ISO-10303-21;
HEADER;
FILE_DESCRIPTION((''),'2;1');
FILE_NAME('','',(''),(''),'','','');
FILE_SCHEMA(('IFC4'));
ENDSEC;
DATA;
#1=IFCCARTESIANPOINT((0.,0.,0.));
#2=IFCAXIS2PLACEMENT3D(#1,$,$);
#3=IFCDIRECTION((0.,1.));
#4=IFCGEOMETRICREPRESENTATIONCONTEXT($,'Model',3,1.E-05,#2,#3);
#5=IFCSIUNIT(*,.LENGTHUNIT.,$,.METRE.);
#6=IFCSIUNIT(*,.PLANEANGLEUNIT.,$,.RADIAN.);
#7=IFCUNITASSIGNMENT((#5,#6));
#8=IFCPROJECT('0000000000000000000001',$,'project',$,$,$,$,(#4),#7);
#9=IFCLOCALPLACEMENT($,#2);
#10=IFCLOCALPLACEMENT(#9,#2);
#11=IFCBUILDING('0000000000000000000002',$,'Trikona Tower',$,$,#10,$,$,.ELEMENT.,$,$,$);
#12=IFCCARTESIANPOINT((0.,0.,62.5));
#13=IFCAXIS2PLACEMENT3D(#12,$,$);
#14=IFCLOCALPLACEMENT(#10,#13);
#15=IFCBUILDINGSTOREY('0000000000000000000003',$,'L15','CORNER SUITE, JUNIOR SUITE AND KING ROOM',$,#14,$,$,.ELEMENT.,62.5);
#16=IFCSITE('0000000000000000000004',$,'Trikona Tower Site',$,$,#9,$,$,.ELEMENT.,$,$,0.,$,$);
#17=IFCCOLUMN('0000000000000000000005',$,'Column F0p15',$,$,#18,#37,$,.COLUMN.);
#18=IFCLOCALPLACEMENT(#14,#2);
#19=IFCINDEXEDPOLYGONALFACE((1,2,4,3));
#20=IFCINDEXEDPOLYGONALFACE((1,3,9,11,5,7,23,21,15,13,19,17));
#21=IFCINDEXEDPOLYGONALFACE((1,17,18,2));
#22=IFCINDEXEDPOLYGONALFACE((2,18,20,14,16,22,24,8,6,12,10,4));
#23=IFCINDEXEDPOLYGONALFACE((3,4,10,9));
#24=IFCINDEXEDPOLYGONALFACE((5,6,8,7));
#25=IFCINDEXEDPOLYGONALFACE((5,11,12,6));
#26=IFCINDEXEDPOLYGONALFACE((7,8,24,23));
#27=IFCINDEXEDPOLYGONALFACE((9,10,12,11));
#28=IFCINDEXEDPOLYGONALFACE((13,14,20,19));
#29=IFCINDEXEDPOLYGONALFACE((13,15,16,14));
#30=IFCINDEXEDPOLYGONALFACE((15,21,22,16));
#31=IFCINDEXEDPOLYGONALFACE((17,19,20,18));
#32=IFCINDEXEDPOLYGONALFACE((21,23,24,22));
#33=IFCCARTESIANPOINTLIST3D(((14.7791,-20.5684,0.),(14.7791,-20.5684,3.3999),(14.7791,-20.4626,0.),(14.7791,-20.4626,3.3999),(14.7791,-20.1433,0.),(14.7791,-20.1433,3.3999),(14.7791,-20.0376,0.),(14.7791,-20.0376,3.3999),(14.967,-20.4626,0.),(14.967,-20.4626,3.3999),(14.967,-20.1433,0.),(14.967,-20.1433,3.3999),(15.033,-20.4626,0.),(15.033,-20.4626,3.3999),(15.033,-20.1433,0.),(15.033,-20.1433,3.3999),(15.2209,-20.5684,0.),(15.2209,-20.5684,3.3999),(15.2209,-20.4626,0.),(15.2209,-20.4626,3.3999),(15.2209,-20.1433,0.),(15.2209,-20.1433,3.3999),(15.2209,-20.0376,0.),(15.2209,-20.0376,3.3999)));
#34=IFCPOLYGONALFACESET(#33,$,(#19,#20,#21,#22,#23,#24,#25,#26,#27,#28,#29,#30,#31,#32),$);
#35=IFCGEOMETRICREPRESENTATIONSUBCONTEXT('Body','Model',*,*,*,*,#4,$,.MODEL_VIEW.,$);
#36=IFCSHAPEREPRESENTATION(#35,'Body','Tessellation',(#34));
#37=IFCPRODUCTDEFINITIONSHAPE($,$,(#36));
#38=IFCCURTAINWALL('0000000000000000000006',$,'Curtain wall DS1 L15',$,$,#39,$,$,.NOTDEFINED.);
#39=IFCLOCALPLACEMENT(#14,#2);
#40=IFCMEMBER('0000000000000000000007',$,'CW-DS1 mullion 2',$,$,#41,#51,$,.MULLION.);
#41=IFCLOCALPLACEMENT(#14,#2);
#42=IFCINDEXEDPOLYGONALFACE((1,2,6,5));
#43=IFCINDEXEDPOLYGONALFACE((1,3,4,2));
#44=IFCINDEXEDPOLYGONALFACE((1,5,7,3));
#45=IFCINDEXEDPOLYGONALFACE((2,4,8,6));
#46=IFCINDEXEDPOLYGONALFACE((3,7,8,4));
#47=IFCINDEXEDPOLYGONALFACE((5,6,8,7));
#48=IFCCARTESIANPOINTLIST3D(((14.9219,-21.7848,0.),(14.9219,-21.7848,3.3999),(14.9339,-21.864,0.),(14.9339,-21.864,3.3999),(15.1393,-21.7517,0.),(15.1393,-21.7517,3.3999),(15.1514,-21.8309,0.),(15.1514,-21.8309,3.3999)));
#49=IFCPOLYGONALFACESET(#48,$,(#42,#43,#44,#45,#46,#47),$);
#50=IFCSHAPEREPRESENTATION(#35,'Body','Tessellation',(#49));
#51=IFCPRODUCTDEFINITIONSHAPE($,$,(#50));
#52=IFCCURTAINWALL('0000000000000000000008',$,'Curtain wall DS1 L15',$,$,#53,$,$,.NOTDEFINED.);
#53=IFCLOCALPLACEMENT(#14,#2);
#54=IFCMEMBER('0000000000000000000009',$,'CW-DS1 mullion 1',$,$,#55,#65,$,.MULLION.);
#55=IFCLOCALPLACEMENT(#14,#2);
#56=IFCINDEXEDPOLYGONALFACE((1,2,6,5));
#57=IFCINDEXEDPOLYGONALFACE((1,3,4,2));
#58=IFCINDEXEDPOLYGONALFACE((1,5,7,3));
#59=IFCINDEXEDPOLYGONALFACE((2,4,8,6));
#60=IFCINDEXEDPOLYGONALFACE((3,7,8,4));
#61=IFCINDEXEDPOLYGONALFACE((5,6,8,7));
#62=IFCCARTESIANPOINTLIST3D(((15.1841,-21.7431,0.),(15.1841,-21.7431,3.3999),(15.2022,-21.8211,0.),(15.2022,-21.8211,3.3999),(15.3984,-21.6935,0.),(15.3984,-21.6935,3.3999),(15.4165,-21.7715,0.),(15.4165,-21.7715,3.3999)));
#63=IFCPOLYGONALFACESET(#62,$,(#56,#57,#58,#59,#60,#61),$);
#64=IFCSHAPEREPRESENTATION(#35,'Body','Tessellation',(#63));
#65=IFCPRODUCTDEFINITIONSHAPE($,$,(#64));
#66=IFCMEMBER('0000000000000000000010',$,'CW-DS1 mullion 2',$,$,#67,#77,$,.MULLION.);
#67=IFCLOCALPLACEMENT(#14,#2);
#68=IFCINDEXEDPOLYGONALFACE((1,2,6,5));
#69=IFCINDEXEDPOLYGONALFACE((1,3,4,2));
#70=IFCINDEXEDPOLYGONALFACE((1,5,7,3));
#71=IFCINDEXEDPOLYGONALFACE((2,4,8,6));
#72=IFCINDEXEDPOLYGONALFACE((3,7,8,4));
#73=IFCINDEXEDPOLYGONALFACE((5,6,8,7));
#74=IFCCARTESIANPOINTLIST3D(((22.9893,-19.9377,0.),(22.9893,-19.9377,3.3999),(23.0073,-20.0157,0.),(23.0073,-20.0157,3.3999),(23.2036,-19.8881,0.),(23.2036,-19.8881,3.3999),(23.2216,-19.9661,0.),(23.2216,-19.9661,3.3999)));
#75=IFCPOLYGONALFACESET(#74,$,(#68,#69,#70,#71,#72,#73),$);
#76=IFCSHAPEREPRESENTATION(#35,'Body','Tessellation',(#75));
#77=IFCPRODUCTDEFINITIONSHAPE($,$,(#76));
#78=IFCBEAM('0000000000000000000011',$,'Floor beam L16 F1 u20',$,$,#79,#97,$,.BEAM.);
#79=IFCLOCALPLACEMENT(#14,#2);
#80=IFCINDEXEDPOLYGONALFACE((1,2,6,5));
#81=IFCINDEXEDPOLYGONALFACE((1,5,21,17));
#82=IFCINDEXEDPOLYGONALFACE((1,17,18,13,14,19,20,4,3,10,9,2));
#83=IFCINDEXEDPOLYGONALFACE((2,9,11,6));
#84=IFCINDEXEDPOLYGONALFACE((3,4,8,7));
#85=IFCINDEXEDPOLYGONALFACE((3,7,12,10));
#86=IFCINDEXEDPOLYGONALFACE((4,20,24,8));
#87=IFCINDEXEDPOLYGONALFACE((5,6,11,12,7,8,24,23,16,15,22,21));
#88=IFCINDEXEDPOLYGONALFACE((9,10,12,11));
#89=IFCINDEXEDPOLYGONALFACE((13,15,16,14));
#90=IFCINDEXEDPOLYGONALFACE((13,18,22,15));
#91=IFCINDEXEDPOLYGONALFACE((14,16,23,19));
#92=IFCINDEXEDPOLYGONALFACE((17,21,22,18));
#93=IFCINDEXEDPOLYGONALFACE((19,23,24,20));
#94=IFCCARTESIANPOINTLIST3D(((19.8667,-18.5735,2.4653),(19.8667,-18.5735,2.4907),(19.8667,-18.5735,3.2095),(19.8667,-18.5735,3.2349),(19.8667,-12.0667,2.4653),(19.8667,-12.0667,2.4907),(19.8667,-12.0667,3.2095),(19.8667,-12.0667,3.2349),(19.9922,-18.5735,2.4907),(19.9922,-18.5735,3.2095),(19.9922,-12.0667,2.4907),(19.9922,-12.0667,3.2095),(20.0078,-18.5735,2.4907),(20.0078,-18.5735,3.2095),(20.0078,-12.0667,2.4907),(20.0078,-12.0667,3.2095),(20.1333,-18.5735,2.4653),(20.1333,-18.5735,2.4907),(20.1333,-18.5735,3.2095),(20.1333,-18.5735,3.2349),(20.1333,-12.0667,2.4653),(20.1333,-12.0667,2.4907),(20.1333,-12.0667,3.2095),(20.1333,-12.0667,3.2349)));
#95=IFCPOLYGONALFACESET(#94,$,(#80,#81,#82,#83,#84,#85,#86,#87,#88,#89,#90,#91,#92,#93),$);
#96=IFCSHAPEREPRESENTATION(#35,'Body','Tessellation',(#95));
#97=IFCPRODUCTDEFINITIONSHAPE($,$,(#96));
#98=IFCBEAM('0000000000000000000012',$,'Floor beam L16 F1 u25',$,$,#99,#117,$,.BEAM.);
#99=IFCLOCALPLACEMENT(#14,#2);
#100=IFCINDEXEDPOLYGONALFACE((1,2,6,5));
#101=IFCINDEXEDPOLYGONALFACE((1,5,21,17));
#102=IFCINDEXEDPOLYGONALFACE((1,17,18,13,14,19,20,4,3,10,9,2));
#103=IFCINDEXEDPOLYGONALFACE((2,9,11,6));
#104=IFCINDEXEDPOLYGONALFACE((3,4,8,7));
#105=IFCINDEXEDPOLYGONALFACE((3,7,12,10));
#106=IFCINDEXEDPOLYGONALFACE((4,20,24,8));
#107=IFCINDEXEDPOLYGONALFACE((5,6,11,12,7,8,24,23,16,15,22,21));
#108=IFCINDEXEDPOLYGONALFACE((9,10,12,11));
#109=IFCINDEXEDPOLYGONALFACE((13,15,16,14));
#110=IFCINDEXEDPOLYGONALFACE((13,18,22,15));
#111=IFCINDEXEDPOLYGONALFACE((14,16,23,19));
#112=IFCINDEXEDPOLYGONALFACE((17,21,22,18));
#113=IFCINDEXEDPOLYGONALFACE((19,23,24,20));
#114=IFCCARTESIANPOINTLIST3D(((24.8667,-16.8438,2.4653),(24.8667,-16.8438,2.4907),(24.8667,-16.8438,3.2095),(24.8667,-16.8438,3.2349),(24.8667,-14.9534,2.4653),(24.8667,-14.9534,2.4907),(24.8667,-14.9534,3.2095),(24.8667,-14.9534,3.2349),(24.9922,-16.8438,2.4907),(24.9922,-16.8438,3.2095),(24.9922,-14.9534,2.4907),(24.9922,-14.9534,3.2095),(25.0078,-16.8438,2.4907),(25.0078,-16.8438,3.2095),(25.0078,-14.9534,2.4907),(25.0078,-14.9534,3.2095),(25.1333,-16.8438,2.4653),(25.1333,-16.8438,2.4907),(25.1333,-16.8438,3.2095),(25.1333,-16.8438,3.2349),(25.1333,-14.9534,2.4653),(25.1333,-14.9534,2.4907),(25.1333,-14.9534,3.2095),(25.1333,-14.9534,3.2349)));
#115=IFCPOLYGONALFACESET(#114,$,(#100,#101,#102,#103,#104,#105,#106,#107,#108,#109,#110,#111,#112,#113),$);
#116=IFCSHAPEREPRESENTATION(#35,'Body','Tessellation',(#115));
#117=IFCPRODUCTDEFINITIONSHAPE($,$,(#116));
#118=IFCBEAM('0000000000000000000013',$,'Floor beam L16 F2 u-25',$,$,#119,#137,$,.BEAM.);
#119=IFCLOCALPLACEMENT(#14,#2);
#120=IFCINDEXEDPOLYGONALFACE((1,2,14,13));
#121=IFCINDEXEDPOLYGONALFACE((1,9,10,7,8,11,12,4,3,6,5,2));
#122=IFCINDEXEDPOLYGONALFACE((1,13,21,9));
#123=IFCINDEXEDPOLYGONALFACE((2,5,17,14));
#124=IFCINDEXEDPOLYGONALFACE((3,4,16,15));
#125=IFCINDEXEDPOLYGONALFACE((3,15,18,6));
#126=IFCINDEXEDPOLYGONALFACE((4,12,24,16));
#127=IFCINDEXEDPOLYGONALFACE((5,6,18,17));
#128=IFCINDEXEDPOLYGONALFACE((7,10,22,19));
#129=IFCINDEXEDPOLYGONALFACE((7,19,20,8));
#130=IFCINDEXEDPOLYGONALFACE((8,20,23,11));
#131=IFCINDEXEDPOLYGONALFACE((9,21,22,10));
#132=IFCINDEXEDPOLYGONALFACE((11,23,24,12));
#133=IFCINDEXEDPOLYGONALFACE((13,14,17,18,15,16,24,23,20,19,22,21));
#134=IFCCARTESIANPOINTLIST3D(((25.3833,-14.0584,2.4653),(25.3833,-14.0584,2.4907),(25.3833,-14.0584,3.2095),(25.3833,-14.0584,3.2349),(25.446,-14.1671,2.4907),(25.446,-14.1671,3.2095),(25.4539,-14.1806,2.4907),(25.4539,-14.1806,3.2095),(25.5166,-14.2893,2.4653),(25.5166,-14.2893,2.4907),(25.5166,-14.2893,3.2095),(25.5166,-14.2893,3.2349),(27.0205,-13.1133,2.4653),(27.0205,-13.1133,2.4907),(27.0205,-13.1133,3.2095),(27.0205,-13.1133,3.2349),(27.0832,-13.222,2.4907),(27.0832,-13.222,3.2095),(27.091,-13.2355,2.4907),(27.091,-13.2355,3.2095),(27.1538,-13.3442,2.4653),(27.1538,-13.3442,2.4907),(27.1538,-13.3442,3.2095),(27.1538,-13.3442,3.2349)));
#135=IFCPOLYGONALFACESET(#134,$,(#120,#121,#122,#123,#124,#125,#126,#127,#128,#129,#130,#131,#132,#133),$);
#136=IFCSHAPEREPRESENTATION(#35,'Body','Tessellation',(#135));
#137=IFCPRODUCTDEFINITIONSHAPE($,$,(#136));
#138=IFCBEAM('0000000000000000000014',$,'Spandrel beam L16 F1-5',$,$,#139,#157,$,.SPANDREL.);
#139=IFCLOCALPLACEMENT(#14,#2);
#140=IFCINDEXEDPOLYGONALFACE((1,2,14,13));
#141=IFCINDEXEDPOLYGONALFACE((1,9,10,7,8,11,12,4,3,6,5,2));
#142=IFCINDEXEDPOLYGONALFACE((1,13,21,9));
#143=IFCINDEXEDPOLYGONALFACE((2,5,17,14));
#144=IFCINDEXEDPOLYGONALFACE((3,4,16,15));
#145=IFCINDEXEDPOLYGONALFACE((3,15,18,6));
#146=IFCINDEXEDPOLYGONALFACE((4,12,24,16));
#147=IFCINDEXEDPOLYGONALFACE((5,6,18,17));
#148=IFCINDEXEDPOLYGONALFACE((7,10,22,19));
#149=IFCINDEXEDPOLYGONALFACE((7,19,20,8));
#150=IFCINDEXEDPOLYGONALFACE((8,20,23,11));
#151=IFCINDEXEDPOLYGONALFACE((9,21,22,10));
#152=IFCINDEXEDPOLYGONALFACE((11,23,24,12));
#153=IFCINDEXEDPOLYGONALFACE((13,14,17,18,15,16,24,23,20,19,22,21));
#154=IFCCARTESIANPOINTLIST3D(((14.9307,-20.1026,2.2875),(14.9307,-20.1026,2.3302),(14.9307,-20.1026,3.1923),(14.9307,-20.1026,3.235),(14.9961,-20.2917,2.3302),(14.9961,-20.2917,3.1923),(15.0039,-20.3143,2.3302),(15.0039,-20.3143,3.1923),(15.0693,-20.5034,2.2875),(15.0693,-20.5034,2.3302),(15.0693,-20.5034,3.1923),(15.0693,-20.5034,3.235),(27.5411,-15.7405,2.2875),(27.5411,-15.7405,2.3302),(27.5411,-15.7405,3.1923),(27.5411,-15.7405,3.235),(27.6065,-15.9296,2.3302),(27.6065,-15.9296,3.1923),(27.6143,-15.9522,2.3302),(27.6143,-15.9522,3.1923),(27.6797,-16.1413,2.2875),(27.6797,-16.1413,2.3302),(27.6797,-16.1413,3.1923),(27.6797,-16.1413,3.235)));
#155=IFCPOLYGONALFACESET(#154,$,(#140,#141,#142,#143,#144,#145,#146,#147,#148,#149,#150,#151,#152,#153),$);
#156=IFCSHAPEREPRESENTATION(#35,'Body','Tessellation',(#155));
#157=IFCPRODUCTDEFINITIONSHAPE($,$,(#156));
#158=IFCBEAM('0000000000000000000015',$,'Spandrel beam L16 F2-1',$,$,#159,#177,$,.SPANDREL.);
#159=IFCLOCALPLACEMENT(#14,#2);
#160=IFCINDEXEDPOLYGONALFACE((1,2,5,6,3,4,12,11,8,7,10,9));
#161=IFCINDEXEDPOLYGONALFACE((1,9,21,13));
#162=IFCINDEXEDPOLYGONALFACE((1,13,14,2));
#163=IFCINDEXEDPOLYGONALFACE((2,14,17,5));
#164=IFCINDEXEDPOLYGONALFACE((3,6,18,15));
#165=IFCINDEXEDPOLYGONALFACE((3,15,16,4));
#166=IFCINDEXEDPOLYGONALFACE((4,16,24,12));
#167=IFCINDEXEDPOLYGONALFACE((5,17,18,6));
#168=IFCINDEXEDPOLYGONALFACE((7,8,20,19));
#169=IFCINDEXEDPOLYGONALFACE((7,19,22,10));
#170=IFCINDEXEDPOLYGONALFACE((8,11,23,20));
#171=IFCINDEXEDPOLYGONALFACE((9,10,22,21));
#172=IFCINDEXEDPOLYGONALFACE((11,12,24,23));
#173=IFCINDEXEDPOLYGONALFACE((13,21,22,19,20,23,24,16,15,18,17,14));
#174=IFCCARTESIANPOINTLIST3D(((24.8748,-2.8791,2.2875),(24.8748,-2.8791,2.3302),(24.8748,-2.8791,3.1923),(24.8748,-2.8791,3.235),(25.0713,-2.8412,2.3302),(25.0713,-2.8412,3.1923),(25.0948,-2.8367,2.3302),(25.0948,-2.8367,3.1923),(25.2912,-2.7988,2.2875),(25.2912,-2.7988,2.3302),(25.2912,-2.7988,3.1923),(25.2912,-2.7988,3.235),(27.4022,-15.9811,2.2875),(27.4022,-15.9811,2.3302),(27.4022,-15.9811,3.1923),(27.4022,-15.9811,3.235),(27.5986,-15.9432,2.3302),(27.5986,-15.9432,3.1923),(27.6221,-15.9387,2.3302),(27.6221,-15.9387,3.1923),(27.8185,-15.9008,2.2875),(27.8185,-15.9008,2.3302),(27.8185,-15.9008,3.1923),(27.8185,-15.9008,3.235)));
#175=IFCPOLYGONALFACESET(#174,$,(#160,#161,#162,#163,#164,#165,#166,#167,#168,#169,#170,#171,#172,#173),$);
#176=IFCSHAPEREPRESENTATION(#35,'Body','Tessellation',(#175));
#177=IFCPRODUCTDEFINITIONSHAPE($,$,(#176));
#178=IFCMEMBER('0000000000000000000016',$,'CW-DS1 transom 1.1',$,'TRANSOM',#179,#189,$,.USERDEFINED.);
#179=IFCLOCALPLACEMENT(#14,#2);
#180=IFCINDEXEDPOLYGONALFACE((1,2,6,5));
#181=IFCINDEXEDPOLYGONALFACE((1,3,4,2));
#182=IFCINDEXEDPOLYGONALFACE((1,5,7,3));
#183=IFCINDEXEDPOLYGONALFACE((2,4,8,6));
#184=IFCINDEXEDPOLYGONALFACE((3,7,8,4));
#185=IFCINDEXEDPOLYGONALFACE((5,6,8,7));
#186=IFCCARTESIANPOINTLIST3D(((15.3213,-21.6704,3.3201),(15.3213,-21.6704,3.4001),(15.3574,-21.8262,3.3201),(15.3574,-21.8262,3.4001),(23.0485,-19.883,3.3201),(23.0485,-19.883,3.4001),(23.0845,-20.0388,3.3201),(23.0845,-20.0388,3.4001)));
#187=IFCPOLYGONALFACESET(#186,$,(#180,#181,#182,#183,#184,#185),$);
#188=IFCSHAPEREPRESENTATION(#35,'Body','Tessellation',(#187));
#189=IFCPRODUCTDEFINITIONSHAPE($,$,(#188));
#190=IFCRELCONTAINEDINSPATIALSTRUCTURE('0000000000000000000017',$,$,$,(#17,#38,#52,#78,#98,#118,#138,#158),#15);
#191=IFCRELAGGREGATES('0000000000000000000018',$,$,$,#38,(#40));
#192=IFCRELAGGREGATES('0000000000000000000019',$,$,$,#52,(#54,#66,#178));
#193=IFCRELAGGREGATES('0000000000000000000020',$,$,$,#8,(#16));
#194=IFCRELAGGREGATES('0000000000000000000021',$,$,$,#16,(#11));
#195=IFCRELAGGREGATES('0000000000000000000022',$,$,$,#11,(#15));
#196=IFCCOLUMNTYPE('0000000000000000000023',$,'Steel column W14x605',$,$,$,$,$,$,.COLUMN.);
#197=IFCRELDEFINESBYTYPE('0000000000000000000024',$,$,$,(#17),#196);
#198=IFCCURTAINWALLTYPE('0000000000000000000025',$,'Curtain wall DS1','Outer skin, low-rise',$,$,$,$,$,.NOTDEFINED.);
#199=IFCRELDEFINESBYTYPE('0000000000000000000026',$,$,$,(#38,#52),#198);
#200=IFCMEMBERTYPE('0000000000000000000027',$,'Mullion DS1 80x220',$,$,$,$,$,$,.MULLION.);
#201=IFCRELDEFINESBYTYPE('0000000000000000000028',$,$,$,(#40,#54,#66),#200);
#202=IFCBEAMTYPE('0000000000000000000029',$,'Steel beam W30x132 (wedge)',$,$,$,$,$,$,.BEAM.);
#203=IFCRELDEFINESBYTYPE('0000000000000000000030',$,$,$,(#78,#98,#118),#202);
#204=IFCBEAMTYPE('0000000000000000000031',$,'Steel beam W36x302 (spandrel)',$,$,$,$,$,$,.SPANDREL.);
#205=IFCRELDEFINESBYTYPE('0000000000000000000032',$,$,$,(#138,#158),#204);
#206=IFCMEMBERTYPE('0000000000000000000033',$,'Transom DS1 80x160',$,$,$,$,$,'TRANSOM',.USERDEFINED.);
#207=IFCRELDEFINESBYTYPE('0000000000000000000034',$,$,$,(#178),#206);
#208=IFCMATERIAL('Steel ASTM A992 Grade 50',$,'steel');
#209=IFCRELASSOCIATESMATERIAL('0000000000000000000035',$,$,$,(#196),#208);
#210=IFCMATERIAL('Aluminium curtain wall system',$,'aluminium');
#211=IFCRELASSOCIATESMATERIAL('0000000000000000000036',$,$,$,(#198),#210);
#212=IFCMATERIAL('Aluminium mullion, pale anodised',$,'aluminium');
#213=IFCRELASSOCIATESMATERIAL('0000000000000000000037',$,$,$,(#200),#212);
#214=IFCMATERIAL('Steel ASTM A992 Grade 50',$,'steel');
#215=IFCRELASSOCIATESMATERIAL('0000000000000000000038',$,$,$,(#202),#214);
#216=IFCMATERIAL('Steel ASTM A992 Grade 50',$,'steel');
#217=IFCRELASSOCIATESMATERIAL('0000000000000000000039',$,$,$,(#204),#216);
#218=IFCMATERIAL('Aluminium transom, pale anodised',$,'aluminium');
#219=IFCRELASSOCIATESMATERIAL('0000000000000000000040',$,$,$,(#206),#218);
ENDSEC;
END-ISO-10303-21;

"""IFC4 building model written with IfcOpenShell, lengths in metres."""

from ifc_helpers import new_model, si_unit, direction, frame, origin, origin_2d, place, context, subcontext, project, spatial, rectangle, i_section, extrude, material, material_profile, profile_set, type_object, element, aggregate, save


model = new_model("IFC4")

# Units and contexts
model_context = context("Model", 3, precision=1e-05, world=origin(), true_north=direction((0.0, 1.0)))
body_context = subcontext(model_context, "Body", "Model", "MODEL_VIEW")
ifc_project = project(units=[si_unit("LENGTHUNIT", "METRE"), si_unit("PLANEANGLEUNIT", "RADIAN")], contexts=[model_context])

# Site, building, storey
site_placement = place(None, origin())
site = spatial("IfcSite", under=ifc_project, at=site_placement, Name="Trikona Tower Site", CompositionType="ELEMENT", RefElevation=0.0)
building_placement = place(site_placement, origin())
building = spatial("IfcBuilding", under=site, at=building_placement, Name="Trikona Tower", CompositionType="ELEMENT")
storey_placement = place(building_placement, frame((0.0, 0.0, 62.5)))
storey = spatial("IfcBuildingStorey", under=building, at=storey_placement, Name="L15", Description="CORNER SUITE, JUNIOR SUITE AND KING ROOM", CompositionType="ELEMENT", Elevation=62.5)

# Column
ifc_material_1 = material(Name="Steel ASTM A992 Grade 50", Category="steel")
ifc_material_profile_1 = material_profile(ifc_material_1, i_section(OverallWidth=0.4419, OverallDepth=0.5308, WebThickness=0.0659, FlangeThickness=0.1057, at=origin_2d()), Name="W14X605")
ifc_profile_set_1 = profile_set([ifc_material_profile_1], Name="Steel ASTM A992 Grade 50")
column_type = type_object("IfcColumnType", Name="Steel column W14x605", PredefinedType="COLUMN", material=ifc_profile_set_1)
column_placement = place(storey_placement, frame((15.0, -20.303, 0.0), z_axis=(0.0, 0.0, 1.0), x_axis=(1.0, 0.0, 0.0)))
element("IfcColumn", 1, at=column_placement, inside=storey, type_object=column_type, Name="Column F0p15", PredefinedType="COLUMN", context=body_context, shape_type="SweptSolid", body=[
    extrude(i_section(OverallWidth=0.4419, OverallDepth=0.5308, WebThickness=0.0659, FlangeThickness=0.1057, at=origin_2d()), origin(), (0.0, 0.0, 1.0), 3.3999),
])

# Curtain wall, member
ifc_material_2 = material(Name="Aluminium curtain wall system", Category="aluminium")
curtain_wall_type = type_object("IfcCurtainWallType", Name="Curtain wall DS1", Description="Outer skin, low-rise", PredefinedType="NOTDEFINED", material=ifc_material_2)
curtain_wall_1_placement = place(storey_placement, origin())
curtain_wall_1 = element("IfcCurtainWall", 2, at=curtain_wall_1_placement, inside=storey, type_object=curtain_wall_type, Name="Curtain wall DS1 L15", PredefinedType="NOTDEFINED")
ifc_material_3 = material(Name="Aluminium mullion, pale anodised", Category="aluminium")
ifc_material_profile_2 = material_profile(ifc_material_3, rectangle(XDim=0.0801, YDim=0.22, at=origin_2d()), Name="MUL-DS1")
ifc_profile_set_2 = profile_set([ifc_material_profile_2], Name="Aluminium mullion, pale anodised")
member_type_1 = type_object("IfcMemberType", Name="Mullion DS1 80x220", PredefinedType="MULLION", material=ifc_profile_set_2)
member_1_placement = place(storey_placement, frame((15.0366, -21.8079, 0.0), z_axis=(0.0, 0.0, 1.0), x_axis=(-0.150438, 0.988619, 0.0)))
member_1 = element("IfcMember", 3, at=member_1_placement, type_object=member_type_1, Name="CW-DS1 mullion 2", PredefinedType="MULLION", context=body_context, shape_type="SweptSolid", body=[
    extrude(rectangle(XDim=0.0801, YDim=0.22, at=origin_2d()), origin(), (0.0, 0.0, 1.0), 3.3999),
])
aggregate(curtain_wall_1, [member_1])

# Curtain wall, members
curtain_wall_2_placement = place(storey_placement, origin())
curtain_wall_2 = element("IfcCurtainWall", 4, at=curtain_wall_2_placement, inside=storey, type_object=curtain_wall_type, Name="Curtain wall DS1 L15", PredefinedType="NOTDEFINED")
member_2_placement = place(storey_placement, frame((15.3003, -21.7573, 0.0), z_axis=(0.0, 0.0, 1.0), x_axis=(-0.225343, 0.974279, 0.0)))
member_2 = element("IfcMember", 5, at=member_2_placement, type_object=member_type_1, Name="CW-DS1 mullion 1", PredefinedType="MULLION", context=body_context, shape_type="SweptSolid", body=[
    extrude(rectangle(XDim=0.0801, YDim=0.22, at=origin_2d()), origin(), (0.0, 0.0, 1.0), 3.3999),
])
member_3_placement = place(storey_placement, frame((23.1055, -19.9519, 0.0), z_axis=(0.0, 0.0, 1.0), x_axis=(-0.225343, 0.974279, 0.0)))
member_3 = element("IfcMember", 6, at=member_3_placement, type_object=member_type_1, Name="CW-DS1 mullion 2", PredefinedType="MULLION", context=body_context, shape_type="SweptSolid", body=[
    extrude(rectangle(XDim=0.0801, YDim=0.22, at=origin_2d()), origin(), (0.0, 0.0, 1.0), 3.3999),
])

# Beams
ifc_material_4 = material(Name="Steel ASTM A992 Grade 50", Category="steel")
ifc_material_profile_3 = material_profile(ifc_material_4, i_section(OverallWidth=0.2666, OverallDepth=0.7695, WebThickness=0.0156, FlangeThickness=0.0254, at=origin_2d()), Name="W30X132")
ifc_profile_set_3 = profile_set([ifc_material_profile_3], Name="Steel ASTM A992 Grade 50")
beam_type_1 = type_object("IfcBeamType", Name="Steel beam W30x132 (wedge)", PredefinedType="BEAM", material=ifc_profile_set_3)
beam_placement = place(storey_placement, frame((20.0, -12.0667, 2.8501), z_axis=(0.0, -1.0, 0.0), x_axis=(1.0, 0.0, 0.0)))
element("IfcBeam", 7, at=beam_placement, inside=storey, type_object=beam_type_1, Name="Floor beam L16 F1 u20", PredefinedType="BEAM", context=body_context, shape_type="SweptSolid", body=[
    extrude(i_section(OverallWidth=0.2666, OverallDepth=0.7695, WebThickness=0.0156, FlangeThickness=0.0254, at=origin_2d()), origin(), (0.0, 0.0, 1.0), 6.5068),
])
for number, where, z_axis, x_axis, name in (
    (8, (25.0, -14.9534, 2.8501), (0.0, -1.0, 0.0), (1.0, 0.0, 0.0), "Floor beam L16 F1 u25"),
    (9, (25.45, -14.1738, 2.8501), (0.866065, 0.499931, 0.0), (-0.499931, 0.866065, 0.0), "Floor beam L16 F2 u-25"),
):
    element("IfcBeam", number, at=place(storey_placement, frame(where, z_axis=z_axis, x_axis=x_axis)), inside=storey, type_object=beam_type_1, Name=name, PredefinedType="BEAM", context=body_context, shape_type="SweptSolid", body=[
        extrude(i_section(OverallWidth=0.2666, OverallDepth=0.7695, WebThickness=0.0156, FlangeThickness=0.0254, at=origin_2d()), origin(), (0.0, 0.0, 1.0), 1.8904),
    ])
ifc_material_5 = material(Name="Steel ASTM A992 Grade 50", Category="steel")
ifc_material_profile_4 = material_profile(ifc_material_5, i_section(OverallWidth=0.4241, OverallDepth=0.9475, WebThickness=0.0239, FlangeThickness=0.0427, at=origin_2d()), Name="W36X302")
ifc_profile_set_4 = profile_set([ifc_material_profile_4], Name="Steel ASTM A992 Grade 50")
beam_type_2 = type_object("IfcBeamType", Name="Steel beam W36x302 (spandrel)", PredefinedType="SPANDREL", material=ifc_profile_set_4)
for number, where, z_axis, x_axis, name in (
    (10, (15.0, -20.303, 2.7612), (0.945057, 0.326906, 0.0), (-0.326906, 0.945057, 0.0), "Spandrel beam L16 F1-5"),
    (11, (27.6104, -15.9409, 2.7612), (-0.189405, 0.981899, 0.0), (-0.981899, -0.189405, 0.0), "Spandrel beam L16 F2-1"),
):
    element("IfcBeam", number, at=place(storey_placement, frame(where, z_axis=z_axis, x_axis=x_axis)), inside=storey, type_object=beam_type_2, Name=name, PredefinedType="SPANDREL", context=body_context, shape_type="SweptSolid", body=[
        extrude(i_section(OverallWidth=0.4241, OverallDepth=0.9475, WebThickness=0.0239, FlangeThickness=0.0427, at=origin_2d()), origin(), (0.0, 0.0, 1.0), 13.3435),
    ])

# Member
ifc_material_6 = material(Name="Aluminium transom, pale anodised", Category="aluminium")
ifc_material_profile_5 = material_profile(ifc_material_6, rectangle(XDim=0.1599, YDim=0.0801, at=origin_2d()), Name="TRN-DS1")
ifc_profile_set_5 = profile_set([ifc_material_profile_5], Name="Aluminium transom, pale anodised")
member_type_2 = type_object("IfcMemberType", Name="Transom DS1 80x160", ElementType="TRANSOM", PredefinedType="USERDEFINED", material=ifc_profile_set_5)
member_4_placement = place(storey_placement, frame((15.3394, -21.7483, 3.3601), z_axis=(0.974275, 0.225361, 0.0), x_axis=(-0.225361, 0.974275, 0.0)))
member_4 = element("IfcMember", 12, at=member_4_placement, type_object=member_type_2, Name="CW-DS1 transom 1.1", ObjectType="TRANSOM", PredefinedType="USERDEFINED", context=body_context, shape_type="SweptSolid", body=[
    extrude(rectangle(XDim=0.1599, YDim=0.0801, at=origin_2d()), origin(), (0.0, 0.0, 1.0), 7.9312),
])

aggregate(curtain_wall_2, [member_2, member_3, member_4])

save(model, "model.ifc")
